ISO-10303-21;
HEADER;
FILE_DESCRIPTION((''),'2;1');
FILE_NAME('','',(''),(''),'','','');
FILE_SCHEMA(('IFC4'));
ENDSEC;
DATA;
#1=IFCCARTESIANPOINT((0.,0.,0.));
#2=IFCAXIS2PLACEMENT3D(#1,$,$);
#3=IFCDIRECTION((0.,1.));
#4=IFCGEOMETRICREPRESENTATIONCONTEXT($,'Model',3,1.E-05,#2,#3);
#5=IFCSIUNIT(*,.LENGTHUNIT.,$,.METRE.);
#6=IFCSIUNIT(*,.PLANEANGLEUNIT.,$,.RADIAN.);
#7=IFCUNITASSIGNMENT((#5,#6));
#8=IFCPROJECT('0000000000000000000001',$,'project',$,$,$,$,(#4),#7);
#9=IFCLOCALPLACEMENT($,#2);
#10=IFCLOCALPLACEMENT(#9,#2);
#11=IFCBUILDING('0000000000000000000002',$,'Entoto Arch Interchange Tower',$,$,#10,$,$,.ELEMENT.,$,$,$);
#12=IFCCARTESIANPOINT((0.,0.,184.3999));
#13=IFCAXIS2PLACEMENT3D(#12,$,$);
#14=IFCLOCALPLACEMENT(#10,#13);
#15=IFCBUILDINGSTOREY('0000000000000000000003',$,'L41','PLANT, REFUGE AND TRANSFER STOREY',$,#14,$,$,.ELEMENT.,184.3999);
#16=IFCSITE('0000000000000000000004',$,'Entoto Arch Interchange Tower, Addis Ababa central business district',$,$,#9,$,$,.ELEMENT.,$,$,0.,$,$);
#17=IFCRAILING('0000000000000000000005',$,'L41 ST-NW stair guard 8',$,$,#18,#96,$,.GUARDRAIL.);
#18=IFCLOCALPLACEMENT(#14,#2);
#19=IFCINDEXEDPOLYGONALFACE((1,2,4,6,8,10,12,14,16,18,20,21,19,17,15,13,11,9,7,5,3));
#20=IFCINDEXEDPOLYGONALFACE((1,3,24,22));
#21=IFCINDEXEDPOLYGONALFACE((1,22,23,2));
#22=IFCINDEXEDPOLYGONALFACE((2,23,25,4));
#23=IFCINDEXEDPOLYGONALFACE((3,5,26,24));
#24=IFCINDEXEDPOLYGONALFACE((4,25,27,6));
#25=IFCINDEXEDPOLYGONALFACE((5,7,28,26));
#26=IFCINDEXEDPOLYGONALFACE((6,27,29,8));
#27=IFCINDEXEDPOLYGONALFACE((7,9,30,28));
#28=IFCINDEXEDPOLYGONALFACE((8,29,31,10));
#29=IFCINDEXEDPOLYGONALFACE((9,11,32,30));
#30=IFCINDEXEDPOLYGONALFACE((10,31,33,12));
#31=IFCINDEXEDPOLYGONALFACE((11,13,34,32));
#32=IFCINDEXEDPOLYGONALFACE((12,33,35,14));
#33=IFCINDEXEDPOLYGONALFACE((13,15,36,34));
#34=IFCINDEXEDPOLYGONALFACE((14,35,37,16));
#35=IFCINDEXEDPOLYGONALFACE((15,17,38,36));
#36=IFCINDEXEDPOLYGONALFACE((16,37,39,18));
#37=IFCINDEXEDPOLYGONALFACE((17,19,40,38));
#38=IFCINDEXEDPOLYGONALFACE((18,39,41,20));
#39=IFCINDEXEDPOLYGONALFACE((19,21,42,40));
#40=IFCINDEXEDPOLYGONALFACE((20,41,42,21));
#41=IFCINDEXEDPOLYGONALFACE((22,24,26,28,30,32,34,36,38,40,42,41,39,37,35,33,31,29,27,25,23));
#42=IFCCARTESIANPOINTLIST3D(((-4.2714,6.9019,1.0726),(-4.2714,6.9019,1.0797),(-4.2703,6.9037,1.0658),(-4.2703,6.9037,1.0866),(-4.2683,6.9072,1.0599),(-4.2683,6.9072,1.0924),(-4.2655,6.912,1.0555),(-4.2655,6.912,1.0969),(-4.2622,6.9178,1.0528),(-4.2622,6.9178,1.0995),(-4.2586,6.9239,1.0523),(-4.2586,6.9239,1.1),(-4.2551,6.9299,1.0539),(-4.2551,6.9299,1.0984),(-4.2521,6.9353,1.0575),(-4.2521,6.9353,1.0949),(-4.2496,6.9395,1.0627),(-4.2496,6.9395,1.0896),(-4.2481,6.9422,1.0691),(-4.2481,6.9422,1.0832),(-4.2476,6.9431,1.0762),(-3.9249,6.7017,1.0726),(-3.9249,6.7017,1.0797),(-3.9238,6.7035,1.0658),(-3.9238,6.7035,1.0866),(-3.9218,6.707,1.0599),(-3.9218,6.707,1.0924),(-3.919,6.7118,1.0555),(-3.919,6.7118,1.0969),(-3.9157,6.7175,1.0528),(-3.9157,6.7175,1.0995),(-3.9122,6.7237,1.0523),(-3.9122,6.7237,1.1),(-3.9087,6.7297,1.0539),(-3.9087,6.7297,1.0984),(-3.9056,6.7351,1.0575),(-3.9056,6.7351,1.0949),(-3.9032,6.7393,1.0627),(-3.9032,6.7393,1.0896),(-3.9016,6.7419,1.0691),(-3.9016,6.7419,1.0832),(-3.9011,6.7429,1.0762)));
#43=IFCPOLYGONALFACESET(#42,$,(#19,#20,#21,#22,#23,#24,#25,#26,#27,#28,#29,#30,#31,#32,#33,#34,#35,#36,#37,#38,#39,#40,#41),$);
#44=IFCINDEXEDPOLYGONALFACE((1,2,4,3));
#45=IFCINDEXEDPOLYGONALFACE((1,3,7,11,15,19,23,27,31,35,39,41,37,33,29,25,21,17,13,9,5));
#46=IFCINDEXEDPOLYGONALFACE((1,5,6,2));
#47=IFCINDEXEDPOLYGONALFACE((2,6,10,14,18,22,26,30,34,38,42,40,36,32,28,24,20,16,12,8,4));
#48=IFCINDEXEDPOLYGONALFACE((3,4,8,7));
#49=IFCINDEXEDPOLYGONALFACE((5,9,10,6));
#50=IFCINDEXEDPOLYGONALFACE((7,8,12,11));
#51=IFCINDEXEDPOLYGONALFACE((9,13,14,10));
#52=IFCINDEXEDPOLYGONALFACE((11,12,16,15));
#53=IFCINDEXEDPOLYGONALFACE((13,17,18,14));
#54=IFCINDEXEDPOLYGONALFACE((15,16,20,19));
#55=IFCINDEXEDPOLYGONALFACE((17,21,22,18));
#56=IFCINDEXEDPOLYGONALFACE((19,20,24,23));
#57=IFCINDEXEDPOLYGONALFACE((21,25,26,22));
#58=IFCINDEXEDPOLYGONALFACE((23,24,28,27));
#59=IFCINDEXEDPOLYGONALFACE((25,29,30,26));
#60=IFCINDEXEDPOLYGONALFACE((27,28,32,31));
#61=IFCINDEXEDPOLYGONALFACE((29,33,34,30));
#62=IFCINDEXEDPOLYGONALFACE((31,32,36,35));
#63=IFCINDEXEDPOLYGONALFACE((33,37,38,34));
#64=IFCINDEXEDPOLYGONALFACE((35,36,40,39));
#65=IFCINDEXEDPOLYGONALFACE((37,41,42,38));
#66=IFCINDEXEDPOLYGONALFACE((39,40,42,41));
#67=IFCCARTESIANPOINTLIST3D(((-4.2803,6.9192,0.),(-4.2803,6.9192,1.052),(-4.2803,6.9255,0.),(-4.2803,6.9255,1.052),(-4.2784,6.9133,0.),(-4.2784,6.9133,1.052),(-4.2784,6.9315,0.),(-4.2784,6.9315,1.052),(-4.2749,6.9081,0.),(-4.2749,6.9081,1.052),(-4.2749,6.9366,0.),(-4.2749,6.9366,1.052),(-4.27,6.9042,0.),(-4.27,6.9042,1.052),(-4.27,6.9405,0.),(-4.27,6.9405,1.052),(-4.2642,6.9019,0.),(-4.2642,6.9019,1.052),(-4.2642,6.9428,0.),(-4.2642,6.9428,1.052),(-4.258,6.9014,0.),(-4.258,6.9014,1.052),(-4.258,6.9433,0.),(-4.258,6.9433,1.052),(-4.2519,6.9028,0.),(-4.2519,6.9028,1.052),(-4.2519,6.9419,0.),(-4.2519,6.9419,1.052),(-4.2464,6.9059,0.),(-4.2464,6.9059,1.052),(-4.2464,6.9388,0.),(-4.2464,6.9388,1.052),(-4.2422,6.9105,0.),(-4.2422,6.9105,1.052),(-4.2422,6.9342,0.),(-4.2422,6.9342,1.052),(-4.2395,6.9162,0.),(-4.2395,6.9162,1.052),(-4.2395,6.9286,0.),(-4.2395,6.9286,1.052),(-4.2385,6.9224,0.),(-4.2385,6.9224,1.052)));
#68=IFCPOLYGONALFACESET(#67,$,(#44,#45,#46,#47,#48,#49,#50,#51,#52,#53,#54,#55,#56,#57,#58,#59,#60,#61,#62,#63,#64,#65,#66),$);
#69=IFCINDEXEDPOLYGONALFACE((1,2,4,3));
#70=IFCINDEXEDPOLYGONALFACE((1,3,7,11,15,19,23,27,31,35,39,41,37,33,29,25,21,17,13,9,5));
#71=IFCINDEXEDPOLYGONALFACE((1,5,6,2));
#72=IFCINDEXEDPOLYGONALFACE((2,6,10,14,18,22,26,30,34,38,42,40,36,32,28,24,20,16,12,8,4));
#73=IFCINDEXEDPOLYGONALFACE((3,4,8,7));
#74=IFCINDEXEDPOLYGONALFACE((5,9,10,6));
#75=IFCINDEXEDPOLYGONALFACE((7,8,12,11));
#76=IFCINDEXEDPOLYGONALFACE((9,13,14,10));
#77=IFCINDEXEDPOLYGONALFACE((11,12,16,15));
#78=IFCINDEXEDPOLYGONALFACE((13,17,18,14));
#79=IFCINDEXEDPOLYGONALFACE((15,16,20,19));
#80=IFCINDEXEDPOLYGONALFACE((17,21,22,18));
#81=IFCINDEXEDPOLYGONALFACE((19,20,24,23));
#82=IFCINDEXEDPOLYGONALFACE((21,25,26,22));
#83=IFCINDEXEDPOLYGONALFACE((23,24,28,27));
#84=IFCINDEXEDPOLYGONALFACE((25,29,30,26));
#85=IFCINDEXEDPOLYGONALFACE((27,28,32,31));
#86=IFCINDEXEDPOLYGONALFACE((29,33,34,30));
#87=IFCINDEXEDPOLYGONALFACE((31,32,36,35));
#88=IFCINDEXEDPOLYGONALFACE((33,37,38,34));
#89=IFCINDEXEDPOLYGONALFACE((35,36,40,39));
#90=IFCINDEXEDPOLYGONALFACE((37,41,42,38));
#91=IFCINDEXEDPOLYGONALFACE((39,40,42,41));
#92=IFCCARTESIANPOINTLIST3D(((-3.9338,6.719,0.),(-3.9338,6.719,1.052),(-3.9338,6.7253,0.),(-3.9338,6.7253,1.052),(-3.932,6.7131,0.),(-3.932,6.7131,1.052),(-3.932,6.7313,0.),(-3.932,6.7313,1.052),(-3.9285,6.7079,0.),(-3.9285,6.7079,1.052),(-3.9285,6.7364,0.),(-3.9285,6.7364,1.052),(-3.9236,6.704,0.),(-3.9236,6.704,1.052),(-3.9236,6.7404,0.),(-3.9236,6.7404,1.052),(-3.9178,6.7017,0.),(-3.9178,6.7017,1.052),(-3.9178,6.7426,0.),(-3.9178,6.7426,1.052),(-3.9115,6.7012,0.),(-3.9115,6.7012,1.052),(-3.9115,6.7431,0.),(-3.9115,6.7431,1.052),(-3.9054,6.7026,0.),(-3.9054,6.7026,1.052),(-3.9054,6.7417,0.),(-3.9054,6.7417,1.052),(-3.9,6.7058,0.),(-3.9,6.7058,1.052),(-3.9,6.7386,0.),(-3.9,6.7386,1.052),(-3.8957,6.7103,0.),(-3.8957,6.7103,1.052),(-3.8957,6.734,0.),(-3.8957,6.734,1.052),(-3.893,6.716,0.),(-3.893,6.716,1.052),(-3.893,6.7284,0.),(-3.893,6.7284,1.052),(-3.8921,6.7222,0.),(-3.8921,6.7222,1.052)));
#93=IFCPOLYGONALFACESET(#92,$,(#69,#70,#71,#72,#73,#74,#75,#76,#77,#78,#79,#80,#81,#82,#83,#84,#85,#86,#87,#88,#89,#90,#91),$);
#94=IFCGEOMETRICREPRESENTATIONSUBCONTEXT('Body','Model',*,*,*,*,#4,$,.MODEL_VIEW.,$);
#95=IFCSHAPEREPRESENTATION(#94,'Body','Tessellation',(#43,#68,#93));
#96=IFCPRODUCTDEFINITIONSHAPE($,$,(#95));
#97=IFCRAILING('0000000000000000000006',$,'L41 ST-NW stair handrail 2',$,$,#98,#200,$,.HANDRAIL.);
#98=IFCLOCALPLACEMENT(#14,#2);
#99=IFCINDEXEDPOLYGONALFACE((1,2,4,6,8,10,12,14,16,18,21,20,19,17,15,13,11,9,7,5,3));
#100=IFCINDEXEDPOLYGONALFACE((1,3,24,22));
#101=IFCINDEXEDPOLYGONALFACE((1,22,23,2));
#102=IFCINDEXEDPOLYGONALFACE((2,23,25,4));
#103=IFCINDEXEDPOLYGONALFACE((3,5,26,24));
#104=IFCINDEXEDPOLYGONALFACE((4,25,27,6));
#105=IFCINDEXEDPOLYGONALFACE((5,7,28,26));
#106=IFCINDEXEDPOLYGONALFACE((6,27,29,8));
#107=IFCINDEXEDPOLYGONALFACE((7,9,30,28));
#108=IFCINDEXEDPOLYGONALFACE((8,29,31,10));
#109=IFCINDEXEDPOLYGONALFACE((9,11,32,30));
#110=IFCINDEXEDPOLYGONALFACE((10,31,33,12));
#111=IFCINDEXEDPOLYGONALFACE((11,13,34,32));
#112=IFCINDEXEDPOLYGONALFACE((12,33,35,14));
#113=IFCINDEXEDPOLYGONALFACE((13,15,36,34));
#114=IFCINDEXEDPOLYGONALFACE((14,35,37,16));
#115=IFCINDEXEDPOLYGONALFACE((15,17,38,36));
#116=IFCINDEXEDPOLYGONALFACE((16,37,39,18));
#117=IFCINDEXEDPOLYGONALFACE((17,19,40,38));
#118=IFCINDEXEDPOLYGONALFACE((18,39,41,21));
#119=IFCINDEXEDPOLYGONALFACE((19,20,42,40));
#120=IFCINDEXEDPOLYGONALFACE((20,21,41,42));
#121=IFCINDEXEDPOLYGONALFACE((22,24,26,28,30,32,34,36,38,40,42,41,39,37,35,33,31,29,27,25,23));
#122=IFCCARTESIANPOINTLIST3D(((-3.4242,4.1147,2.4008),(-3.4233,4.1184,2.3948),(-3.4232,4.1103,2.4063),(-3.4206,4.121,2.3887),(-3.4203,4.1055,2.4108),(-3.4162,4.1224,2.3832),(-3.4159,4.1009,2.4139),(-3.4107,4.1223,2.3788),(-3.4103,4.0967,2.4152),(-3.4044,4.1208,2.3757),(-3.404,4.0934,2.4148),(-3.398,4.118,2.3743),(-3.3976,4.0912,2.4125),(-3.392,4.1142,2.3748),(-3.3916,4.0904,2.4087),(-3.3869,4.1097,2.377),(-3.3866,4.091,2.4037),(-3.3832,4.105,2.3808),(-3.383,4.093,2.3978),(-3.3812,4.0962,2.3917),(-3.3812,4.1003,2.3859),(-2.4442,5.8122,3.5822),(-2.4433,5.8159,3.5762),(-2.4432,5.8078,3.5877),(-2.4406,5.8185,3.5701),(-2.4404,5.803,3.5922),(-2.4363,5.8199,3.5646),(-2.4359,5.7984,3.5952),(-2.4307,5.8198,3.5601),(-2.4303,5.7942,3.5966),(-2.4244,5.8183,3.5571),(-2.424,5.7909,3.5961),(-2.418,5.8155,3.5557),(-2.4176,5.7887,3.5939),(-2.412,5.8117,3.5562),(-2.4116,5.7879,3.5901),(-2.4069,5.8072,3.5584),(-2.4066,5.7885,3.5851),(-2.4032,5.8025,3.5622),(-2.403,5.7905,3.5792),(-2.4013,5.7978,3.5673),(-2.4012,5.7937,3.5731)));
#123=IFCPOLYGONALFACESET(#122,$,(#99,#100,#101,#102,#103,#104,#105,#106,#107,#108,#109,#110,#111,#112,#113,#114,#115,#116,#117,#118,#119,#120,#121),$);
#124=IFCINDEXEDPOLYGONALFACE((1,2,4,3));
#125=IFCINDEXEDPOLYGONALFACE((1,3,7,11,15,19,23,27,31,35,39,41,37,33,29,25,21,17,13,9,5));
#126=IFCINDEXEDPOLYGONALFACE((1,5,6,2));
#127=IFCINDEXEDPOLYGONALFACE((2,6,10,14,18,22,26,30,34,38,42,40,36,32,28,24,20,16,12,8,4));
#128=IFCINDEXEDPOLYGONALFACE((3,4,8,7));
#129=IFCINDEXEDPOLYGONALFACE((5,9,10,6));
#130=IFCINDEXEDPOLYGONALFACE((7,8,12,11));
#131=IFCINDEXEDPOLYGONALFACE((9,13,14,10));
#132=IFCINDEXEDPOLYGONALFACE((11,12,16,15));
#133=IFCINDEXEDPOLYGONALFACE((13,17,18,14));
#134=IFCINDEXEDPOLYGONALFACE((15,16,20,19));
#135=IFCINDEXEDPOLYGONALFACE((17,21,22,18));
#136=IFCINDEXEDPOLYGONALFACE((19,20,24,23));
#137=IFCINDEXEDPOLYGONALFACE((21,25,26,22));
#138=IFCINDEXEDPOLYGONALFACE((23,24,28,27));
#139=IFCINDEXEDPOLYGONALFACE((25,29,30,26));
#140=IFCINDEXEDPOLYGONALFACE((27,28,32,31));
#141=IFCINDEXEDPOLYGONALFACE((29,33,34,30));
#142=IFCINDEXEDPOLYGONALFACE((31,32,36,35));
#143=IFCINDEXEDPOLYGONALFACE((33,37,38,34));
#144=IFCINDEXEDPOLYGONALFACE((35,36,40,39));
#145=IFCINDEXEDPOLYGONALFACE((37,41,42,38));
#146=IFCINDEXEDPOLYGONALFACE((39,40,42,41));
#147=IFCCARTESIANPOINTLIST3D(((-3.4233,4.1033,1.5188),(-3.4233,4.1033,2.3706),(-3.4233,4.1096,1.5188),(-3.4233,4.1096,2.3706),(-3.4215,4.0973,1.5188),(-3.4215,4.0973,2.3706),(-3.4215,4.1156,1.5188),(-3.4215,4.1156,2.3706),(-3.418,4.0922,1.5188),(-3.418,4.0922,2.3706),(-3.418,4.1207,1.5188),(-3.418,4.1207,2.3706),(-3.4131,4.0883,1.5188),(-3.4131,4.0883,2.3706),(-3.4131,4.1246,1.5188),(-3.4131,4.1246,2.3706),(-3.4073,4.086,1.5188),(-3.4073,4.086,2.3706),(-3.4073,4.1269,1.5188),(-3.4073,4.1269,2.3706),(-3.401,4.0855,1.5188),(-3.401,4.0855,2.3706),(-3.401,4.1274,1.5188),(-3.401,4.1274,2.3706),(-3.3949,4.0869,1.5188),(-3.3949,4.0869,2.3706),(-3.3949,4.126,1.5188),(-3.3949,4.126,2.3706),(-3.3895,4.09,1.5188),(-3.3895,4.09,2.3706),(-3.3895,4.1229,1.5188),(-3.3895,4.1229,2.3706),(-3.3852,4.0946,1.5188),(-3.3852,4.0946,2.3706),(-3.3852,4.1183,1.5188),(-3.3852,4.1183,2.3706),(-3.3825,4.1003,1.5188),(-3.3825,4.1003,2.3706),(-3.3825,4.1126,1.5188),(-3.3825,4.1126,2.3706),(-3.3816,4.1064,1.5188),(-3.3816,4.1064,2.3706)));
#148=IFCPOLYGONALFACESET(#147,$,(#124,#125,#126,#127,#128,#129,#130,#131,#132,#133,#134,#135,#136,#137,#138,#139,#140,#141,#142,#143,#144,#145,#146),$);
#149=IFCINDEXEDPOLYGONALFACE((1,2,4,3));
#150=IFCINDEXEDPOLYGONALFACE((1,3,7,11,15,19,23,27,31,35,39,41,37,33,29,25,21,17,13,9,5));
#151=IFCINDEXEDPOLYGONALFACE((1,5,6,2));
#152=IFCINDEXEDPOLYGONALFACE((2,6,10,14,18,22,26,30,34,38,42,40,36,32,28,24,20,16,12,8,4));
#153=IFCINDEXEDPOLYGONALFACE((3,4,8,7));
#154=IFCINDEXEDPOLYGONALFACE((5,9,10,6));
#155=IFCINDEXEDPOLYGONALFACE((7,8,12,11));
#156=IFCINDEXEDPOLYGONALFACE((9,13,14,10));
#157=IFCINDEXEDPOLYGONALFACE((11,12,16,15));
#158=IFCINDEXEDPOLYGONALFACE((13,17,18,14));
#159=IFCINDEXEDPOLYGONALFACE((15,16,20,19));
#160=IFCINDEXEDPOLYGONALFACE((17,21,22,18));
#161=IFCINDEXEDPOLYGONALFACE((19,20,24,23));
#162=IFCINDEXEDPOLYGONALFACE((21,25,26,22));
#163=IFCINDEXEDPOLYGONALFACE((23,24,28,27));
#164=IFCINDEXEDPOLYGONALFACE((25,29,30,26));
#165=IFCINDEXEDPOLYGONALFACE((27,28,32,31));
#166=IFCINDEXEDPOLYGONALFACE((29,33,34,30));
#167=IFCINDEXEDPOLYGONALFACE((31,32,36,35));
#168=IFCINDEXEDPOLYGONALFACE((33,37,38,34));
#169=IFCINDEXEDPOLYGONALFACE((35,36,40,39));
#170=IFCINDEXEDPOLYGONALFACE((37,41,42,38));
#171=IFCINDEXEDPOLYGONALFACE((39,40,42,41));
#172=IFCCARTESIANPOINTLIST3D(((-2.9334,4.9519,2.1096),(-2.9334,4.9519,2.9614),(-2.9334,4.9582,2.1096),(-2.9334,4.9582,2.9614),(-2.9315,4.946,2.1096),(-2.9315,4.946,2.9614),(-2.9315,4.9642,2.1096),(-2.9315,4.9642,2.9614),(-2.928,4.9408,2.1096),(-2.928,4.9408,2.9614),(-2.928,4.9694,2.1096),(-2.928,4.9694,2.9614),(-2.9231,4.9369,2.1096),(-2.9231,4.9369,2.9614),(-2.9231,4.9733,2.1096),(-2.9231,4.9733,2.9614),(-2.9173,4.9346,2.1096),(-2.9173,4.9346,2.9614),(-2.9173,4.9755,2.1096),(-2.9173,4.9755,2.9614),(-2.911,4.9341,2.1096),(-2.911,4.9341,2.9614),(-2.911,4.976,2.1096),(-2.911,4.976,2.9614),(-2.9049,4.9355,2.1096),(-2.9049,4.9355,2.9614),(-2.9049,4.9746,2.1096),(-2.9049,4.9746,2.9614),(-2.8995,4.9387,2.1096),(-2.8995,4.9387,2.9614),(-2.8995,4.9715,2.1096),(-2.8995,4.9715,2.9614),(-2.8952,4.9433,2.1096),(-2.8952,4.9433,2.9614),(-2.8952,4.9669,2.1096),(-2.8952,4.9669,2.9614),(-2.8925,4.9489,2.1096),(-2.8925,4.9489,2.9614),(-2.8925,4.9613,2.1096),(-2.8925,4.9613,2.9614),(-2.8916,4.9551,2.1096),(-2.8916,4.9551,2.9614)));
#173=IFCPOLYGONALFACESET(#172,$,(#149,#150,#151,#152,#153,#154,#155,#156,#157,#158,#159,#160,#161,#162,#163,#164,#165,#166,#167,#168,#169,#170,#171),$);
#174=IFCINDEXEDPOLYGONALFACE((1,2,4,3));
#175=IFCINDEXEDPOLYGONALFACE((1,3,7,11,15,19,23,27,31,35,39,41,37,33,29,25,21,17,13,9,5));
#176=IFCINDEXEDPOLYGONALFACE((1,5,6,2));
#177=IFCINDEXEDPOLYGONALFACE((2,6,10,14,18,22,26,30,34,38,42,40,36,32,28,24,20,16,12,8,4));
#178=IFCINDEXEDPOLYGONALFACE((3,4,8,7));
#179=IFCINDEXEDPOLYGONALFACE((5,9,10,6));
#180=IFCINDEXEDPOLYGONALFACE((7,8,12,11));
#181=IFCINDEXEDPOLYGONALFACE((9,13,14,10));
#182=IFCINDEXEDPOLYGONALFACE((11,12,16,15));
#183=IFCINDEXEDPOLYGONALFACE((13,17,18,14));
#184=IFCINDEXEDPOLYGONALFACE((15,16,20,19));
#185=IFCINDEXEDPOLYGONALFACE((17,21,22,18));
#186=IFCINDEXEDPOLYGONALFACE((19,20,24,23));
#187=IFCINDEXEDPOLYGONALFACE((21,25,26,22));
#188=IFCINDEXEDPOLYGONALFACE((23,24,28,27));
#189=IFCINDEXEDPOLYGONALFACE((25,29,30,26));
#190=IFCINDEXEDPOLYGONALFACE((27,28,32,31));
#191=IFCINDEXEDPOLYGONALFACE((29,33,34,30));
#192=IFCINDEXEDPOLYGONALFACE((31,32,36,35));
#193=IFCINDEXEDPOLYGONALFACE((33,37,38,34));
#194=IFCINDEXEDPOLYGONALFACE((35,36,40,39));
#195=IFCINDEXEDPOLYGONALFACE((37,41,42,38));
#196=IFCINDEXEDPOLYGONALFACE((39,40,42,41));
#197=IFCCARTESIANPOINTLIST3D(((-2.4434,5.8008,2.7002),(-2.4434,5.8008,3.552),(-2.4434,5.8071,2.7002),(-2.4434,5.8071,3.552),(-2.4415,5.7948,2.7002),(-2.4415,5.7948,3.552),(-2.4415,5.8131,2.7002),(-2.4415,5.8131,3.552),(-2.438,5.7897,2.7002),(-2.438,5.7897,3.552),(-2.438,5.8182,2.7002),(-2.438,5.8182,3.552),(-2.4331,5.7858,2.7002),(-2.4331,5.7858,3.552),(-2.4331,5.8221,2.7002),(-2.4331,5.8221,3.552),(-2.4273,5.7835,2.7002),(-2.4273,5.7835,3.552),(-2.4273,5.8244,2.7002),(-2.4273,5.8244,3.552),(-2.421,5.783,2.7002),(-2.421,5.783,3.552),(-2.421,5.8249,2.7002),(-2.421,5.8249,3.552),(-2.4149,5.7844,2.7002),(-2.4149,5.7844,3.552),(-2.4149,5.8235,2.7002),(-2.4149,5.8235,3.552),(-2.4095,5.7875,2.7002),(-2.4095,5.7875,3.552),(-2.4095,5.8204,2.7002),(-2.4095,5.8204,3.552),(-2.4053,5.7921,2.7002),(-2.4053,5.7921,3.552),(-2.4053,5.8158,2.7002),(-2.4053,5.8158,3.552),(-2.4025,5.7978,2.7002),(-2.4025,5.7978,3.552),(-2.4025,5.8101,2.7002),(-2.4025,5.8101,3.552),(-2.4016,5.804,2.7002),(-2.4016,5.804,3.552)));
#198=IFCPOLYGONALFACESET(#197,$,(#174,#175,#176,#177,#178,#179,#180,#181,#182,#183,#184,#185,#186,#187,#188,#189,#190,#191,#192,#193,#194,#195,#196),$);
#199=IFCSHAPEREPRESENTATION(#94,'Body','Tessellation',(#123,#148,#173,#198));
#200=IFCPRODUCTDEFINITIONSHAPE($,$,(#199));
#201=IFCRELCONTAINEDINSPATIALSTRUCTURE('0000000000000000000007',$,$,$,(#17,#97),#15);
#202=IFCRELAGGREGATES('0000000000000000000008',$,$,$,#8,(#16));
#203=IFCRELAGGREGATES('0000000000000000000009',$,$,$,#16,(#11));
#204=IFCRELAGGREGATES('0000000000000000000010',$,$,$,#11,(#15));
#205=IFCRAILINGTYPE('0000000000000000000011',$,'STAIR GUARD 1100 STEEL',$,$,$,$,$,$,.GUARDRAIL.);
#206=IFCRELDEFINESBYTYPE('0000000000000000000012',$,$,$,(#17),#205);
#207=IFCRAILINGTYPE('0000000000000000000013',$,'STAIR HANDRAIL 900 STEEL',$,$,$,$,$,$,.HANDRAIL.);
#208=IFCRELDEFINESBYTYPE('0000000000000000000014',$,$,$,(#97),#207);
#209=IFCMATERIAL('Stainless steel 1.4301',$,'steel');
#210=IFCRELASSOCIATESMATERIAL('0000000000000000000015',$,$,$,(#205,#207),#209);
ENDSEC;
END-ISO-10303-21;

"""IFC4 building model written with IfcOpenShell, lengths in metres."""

from ifc_helpers import new_model, si_unit, direction, frame, origin, origin_2d, place, context, subcontext, project, spatial, circle, extrude, material, type_object, element, save


model = new_model("IFC4")

# Units and contexts
model_context = context("Model", 3, precision=1e-05, world=origin(), true_north=direction((0.0, 1.0)))
body_context = subcontext(model_context, "Body", "Model", "MODEL_VIEW")
ifc_project = project(units=[si_unit("LENGTHUNIT", "METRE"), si_unit("PLANEANGLEUNIT", "RADIAN")], contexts=[model_context])

# Site, building, storey
site_placement = place(None, origin())
site = spatial("IfcSite", under=ifc_project, at=site_placement, Name="Entoto Arch Interchange Tower, Addis Ababa central business district", CompositionType="ELEMENT", RefElevation=0.0)
building_placement = place(site_placement, origin())
building = spatial("IfcBuilding", under=site, at=building_placement, Name="Entoto Arch Interchange Tower", CompositionType="ELEMENT")
storey_placement = place(building_placement, frame((0.0, 0.0, 184.3999)))
storey = spatial("IfcBuildingStorey", under=building, at=storey_placement, Name="L41", Description="PLANT, REFUGE AND TRANSFER STOREY", CompositionType="ELEMENT", Elevation=184.3999)

# Railings
ifc_material_1 = material(Name="Stainless steel 1.4301", Category="steel")
railing_type_1 = type_object("IfcRailingType", Name="STAIR GUARD 1100 STEEL", PredefinedType="GUARDRAIL", material=ifc_material_1)
railing_1_placement = place(storey_placement, frame((-4.2595, 6.9224, 0.0)))
element("IfcRailing", 1, at=railing_1_placement, inside=storey, type_object=railing_type_1, Name="L41 ST-NW stair guard 8", PredefinedType="GUARDRAIL", context=body_context, shape_type="SweptSolid", body=[
    extrude(circle(Radius=0.0239, at=origin_2d()), frame((0.0, 0.0, 1.0762), z_axis=(0.86583, -0.500339, 0.0), x_axis=(0.500339, 0.86583, 0.0)), (0.0, 0.0, 1.0), 0.4001),
    extrude(circle(Radius=0.021, at=origin_2d()), origin(), (0.0, 0.0, 1.0), 1.052),
    extrude(circle(Radius=0.021, at=origin_2d()), frame((0.3464, -0.2002, 0.0)), (0.0, 0.0, 1.0), 1.052),
])
railing_type_2 = type_object("IfcRailingType", Name="STAIR HANDRAIL 900 STEEL", PredefinedType="HANDRAIL", material=ifc_material_1)
for number, where, name in (
    (2, (-3.4026, 4.1064, 1.5188), "L41 ST-NW stair handrail 2"),
):
    element("IfcRailing", number, at=place(storey_placement, frame(where)), inside=storey, type_object=railing_type_2, Name=name, PredefinedType="HANDRAIL", context=body_context, shape_type="SweptSolid", body=[
        extrude(circle(Radius=0.0239, at=origin_2d()), frame((0.0, 0.0, 0.876), z_axis=(0.428205, 0.741731, 0.516214), x_axis=(-0.866042, 0.49997, 0.0)), (0.0, 0.0, 1.0), 2.2886),
        extrude(circle(Radius=0.021, at=origin_2d()), origin(), (0.0, 0.0, 1.0), 0.8518),
        extrude(circle(Radius=0.021, at=origin_2d()), frame((0.49, 0.8486, 0.5908)), (0.0, 0.0, 1.0), 0.8518),
        extrude(circle(Radius=0.021, at=origin_2d()), frame((0.98, 1.6975, 1.1814)), (0.0, 0.0, 1.0), 0.8518),
    ])

save(model, "model.ifc")
